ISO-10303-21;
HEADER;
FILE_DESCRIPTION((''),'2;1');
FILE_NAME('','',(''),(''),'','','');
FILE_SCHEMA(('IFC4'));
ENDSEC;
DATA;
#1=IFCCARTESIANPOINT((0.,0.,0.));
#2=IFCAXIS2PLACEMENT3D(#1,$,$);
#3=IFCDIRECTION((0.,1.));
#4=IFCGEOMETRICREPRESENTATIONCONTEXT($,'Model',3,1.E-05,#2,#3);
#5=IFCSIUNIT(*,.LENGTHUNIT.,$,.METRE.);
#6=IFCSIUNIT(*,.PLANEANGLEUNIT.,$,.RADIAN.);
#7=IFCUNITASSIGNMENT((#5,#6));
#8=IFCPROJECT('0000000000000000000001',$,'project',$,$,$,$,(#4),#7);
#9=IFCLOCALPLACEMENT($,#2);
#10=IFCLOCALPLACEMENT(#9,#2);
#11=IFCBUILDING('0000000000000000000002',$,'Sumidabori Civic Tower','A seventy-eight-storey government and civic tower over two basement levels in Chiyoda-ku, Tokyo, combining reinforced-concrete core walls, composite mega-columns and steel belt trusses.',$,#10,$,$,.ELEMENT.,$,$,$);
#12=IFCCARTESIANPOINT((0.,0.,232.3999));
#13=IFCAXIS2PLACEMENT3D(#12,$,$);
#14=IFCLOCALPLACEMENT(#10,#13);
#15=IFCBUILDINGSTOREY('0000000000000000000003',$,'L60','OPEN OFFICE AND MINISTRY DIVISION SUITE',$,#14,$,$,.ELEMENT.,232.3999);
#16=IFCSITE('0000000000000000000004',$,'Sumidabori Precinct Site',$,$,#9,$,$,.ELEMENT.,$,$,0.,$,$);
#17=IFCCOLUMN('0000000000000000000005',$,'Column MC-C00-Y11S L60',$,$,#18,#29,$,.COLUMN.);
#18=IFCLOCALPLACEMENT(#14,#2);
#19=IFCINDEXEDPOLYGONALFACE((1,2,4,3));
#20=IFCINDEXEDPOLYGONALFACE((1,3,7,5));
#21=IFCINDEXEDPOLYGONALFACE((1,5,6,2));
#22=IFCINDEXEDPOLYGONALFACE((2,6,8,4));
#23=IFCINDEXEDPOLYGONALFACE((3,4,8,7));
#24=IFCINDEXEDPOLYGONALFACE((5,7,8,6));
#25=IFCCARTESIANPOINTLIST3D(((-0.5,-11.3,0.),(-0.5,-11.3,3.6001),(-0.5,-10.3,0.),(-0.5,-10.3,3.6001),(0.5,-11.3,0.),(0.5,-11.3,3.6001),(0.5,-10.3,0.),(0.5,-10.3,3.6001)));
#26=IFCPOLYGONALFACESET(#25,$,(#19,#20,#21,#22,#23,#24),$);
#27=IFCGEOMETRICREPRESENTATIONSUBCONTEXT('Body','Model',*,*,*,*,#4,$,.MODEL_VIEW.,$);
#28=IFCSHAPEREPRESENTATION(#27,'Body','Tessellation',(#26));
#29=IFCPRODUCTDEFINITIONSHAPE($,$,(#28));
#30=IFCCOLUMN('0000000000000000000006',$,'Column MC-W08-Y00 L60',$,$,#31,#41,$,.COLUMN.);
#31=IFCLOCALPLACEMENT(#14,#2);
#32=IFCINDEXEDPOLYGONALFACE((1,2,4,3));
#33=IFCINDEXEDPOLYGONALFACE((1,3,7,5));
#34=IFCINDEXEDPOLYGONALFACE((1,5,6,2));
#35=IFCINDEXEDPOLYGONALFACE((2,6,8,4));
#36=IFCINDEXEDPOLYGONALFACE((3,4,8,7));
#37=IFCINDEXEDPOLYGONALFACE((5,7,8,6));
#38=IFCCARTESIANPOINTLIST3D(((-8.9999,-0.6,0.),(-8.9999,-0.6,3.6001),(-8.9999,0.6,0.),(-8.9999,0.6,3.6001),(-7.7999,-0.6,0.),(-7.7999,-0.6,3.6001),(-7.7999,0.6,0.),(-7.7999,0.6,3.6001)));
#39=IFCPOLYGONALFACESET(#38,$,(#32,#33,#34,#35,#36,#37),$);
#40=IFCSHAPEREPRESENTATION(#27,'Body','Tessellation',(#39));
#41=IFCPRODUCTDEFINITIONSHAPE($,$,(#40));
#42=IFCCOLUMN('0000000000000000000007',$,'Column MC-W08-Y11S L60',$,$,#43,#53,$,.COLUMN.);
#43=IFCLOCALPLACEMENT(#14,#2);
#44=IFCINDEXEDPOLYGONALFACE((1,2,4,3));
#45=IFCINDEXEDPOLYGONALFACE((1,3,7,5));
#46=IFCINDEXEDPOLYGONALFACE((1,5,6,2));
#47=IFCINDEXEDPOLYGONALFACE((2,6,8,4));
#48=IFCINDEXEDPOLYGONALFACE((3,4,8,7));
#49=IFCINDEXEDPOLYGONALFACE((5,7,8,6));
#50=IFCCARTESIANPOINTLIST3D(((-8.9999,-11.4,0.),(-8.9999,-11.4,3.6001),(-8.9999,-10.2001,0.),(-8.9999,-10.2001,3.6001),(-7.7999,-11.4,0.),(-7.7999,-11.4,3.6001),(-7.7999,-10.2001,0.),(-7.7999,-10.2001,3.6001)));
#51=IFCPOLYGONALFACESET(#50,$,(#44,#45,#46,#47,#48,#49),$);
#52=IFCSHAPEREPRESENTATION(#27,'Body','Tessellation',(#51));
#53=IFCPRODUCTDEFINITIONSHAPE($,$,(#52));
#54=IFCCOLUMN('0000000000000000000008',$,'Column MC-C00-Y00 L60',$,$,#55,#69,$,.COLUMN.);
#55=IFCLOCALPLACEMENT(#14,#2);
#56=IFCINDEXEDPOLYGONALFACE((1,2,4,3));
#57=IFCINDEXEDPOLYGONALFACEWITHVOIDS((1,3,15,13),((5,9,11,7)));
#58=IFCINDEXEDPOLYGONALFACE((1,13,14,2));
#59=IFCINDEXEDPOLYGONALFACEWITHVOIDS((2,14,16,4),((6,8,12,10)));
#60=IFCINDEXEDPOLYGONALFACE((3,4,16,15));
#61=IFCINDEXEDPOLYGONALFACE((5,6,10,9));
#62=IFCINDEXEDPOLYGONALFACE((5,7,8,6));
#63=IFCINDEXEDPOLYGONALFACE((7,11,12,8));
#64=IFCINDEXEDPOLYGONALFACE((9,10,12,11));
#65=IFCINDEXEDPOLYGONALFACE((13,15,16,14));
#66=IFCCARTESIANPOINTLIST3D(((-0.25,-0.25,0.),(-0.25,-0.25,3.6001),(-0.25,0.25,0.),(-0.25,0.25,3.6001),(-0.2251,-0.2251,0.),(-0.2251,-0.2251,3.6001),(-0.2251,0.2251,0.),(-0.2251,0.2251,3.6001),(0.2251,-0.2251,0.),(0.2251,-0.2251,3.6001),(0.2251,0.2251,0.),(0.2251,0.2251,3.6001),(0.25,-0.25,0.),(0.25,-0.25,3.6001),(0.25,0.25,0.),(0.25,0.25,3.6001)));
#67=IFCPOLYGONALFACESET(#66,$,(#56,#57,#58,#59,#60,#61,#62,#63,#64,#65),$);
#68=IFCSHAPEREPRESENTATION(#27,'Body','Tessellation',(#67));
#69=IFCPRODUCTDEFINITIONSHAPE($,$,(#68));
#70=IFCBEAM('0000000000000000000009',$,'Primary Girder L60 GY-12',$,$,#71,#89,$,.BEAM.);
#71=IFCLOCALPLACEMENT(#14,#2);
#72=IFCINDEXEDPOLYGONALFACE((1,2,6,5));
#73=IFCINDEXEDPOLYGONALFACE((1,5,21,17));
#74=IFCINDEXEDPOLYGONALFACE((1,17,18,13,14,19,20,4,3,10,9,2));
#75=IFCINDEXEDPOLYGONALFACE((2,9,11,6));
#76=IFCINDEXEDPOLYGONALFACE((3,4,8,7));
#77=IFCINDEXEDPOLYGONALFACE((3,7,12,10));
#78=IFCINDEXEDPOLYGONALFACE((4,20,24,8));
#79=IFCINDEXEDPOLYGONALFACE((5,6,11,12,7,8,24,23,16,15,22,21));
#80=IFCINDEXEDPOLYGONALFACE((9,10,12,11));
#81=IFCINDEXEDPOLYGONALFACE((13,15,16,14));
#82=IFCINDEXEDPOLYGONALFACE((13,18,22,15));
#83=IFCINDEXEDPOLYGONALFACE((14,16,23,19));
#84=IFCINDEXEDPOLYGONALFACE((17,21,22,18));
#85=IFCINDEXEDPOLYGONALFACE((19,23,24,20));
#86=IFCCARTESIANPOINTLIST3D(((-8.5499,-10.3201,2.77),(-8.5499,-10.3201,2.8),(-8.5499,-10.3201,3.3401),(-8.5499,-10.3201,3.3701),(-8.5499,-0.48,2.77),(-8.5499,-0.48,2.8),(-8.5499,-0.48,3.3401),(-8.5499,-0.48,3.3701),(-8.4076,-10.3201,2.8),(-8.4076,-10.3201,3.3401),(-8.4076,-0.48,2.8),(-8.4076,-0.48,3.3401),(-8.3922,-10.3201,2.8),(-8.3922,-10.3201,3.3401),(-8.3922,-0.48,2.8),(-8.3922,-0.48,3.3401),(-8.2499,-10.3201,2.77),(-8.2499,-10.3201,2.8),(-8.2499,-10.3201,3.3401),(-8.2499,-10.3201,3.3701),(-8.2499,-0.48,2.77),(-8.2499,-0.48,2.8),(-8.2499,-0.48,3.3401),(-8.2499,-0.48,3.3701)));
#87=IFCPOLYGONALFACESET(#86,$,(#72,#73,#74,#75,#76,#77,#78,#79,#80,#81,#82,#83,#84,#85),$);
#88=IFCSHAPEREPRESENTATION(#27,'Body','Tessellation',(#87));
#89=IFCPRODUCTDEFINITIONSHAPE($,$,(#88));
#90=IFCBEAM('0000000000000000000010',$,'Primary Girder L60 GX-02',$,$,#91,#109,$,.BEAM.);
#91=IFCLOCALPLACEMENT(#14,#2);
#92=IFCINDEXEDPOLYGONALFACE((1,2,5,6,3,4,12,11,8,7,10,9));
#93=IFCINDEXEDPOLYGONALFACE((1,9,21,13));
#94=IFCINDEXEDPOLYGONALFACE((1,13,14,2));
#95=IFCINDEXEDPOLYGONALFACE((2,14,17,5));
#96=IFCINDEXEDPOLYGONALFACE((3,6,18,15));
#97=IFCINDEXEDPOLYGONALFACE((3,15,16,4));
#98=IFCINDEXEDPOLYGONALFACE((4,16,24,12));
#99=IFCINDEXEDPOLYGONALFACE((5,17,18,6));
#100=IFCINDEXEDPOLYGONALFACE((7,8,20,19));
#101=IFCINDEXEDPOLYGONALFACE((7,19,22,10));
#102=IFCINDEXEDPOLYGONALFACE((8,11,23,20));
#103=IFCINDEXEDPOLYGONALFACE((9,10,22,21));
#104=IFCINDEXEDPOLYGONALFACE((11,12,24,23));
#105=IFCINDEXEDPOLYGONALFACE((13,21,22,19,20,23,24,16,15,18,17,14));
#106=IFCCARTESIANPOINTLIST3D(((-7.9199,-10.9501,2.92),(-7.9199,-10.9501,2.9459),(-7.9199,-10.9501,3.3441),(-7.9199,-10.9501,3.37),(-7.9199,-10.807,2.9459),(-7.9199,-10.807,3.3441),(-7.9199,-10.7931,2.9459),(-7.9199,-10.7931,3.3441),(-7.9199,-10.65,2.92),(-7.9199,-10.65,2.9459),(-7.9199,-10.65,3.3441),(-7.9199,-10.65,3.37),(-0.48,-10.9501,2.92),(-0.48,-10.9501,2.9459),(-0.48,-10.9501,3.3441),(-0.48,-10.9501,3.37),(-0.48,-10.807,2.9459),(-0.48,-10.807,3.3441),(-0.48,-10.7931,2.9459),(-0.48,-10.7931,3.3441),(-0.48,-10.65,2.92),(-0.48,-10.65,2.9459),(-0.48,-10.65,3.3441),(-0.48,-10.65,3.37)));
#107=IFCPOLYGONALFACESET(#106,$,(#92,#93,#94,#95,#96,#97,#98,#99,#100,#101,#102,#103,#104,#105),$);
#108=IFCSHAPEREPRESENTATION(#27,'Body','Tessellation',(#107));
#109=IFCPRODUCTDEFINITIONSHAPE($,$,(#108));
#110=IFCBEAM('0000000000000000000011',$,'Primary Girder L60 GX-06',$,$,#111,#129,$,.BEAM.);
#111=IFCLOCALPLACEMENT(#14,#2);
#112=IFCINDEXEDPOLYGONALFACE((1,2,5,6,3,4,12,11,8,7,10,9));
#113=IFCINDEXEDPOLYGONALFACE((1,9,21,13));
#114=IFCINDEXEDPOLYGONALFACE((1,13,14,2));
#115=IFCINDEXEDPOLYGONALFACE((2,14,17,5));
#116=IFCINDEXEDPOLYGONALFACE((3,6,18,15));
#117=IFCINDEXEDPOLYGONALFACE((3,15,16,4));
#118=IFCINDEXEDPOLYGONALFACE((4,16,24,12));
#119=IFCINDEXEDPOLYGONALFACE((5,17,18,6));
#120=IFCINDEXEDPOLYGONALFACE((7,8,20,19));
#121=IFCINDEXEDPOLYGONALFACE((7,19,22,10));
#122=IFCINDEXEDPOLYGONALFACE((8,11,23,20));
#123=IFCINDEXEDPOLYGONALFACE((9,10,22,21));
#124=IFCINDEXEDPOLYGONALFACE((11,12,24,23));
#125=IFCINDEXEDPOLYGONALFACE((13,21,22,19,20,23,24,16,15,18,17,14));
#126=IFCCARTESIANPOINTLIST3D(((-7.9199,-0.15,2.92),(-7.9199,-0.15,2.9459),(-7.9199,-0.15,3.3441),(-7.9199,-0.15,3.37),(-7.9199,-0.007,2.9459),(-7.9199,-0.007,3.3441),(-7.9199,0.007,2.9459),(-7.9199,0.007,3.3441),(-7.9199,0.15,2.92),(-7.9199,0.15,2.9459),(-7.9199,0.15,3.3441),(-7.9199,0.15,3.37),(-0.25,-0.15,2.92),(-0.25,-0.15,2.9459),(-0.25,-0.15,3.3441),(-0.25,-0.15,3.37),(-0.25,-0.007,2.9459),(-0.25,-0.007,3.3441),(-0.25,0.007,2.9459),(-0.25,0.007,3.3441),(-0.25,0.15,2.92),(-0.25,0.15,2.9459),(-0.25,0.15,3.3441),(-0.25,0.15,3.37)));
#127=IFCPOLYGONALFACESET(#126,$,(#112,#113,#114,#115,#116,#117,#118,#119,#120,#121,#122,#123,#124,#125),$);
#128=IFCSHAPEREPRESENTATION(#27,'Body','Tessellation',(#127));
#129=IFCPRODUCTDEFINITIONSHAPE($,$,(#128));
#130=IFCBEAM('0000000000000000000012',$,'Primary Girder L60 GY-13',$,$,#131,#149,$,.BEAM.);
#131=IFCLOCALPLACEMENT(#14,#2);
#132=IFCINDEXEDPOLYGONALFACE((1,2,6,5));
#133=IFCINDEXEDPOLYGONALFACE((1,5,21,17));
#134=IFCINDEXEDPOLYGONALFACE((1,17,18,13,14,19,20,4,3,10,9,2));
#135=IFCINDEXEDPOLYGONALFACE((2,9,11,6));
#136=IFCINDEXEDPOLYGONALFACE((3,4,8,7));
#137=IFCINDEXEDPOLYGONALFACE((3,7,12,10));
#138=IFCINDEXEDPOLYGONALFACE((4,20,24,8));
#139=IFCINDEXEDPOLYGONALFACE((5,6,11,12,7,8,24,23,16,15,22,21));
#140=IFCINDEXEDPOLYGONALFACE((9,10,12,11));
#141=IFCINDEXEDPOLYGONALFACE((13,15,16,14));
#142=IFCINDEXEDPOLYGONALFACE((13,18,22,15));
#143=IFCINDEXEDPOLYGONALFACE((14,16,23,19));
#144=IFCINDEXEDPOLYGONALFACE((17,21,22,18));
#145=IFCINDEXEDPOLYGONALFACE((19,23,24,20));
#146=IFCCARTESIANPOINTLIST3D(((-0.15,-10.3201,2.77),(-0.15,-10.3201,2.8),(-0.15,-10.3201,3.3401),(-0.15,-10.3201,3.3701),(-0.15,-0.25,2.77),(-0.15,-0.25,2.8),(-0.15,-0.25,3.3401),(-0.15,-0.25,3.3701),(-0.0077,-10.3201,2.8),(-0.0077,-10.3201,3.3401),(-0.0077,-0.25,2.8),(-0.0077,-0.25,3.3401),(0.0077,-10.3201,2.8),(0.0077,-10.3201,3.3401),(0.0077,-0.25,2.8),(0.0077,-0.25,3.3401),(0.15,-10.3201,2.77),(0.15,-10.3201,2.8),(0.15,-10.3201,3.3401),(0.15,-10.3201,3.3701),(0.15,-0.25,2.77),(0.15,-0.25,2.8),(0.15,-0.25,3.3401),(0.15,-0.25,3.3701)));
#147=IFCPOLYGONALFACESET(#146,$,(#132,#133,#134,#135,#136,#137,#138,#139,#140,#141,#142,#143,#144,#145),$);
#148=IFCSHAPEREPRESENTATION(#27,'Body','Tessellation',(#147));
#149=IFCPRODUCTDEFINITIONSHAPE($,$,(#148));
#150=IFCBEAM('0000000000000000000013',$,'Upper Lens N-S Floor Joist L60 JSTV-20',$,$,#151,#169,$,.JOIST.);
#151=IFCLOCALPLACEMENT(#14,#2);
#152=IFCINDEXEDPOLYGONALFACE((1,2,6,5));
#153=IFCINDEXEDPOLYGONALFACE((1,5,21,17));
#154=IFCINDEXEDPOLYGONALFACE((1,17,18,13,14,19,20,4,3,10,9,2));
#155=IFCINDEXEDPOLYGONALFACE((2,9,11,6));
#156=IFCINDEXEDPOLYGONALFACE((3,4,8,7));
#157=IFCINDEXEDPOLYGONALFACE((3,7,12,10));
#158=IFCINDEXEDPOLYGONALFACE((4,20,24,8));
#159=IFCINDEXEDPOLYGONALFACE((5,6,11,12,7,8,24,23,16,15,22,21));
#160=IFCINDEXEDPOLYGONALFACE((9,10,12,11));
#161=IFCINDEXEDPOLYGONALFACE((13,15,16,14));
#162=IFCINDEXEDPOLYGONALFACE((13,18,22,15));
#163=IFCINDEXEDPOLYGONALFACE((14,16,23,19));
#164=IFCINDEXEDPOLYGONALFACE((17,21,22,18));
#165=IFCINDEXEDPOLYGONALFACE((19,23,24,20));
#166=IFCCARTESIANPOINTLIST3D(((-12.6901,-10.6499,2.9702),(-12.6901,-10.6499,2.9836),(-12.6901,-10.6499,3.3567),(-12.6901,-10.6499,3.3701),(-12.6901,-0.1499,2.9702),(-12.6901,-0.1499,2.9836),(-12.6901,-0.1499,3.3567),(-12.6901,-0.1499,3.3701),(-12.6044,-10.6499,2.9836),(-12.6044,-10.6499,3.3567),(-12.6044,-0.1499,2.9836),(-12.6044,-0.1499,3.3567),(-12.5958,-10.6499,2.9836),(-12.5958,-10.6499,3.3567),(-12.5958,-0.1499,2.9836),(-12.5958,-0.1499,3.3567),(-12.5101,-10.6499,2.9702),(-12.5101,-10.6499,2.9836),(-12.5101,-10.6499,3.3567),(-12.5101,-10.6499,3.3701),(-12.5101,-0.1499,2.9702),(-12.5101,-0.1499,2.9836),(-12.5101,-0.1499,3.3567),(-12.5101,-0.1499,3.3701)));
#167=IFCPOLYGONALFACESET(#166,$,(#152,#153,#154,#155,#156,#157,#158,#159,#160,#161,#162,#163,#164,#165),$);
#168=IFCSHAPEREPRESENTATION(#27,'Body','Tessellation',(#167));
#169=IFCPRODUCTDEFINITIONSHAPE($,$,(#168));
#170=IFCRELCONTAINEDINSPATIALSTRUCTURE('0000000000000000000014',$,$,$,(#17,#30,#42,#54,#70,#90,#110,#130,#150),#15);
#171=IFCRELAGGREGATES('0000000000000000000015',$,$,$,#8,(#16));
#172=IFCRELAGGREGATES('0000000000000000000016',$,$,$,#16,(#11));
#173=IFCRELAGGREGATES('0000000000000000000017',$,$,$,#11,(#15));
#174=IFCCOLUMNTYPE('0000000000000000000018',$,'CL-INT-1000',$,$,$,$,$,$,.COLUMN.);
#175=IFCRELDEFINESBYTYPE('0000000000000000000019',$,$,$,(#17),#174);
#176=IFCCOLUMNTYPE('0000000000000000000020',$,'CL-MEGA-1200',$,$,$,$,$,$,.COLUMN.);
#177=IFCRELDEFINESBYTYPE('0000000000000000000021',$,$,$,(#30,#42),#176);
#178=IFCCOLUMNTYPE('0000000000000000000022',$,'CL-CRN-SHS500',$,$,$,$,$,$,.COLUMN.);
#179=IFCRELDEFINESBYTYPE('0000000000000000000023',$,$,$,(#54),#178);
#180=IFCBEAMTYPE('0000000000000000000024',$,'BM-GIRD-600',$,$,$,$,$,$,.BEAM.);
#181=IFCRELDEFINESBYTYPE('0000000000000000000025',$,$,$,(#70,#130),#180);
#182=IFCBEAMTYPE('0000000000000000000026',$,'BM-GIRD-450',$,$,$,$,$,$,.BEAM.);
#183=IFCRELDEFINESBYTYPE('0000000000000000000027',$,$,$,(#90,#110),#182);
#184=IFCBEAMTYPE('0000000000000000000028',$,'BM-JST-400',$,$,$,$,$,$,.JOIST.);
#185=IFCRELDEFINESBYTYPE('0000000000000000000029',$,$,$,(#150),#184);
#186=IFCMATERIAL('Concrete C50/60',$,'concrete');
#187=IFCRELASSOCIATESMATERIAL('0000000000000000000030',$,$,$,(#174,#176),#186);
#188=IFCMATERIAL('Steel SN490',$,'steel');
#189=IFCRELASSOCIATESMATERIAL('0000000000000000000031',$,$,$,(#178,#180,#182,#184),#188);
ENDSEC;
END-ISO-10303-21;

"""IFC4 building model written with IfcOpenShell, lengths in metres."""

from ifc_helpers import new_model, si_unit, direction, frame, origin, origin_with_axes, origin_2d, place, context, subcontext, project, spatial, rectangle, hollow_rectangle, i_section, extrude, source, transform, mapped, material, material_profile, profile_set, type_object, element, save


model = new_model("IFC4")

# Units and contexts
model_context = context("Model", 3, precision=1e-05, world=origin(), true_north=direction((0.0, 1.0)))
body_context = subcontext(model_context, "Body", "Model", "MODEL_VIEW")
ifc_project = project(units=[si_unit("LENGTHUNIT", "METRE"), si_unit("PLANEANGLEUNIT", "RADIAN")], contexts=[model_context])

# Site, building, storey
site_placement = place(None, origin())
site = spatial("IfcSite", under=ifc_project, at=site_placement, Name="Sumidabori Precinct Site", CompositionType="ELEMENT", RefElevation=0.0)
building_placement = place(site_placement, origin())
building = spatial("IfcBuilding", under=site, at=building_placement, Name="Sumidabori Civic Tower", Description="A seventy-eight-storey government and civic tower over two basement levels in Chiyoda-ku, Tokyo, combining reinforced-concrete core walls, composite mega-columns and steel belt trusses.", CompositionType="ELEMENT")
storey_placement = place(building_placement, frame((0.0, 0.0, 232.3999)))
storey = spatial("IfcBuildingStorey", under=building, at=storey_placement, Name="L60", Description="OPEN OFFICE AND MINISTRY DIVISION SUITE", CompositionType="ELEMENT", Elevation=232.3999)

# Columns
ifc_material_1 = material(Name="Concrete C50/60", Category="concrete")
ifc_material_profile_1 = material_profile(ifc_material_1, rectangle(XDim=1.0, YDim=1.0, at=origin_2d()), Name="RC 1000x1000")
ifc_profile_set_1 = profile_set([ifc_material_profile_1], Name="Concrete C50/60")
column_type_1 = type_object("IfcColumnType", Name="CL-INT-1000", PredefinedType="COLUMN", material=ifc_profile_set_1)
shared_shape_1 = source(origin(), body_context, "Body", "SweptSolid", [
    extrude(rectangle(XDim=1.0, YDim=1.0, at=origin_2d()), origin(), (0.0, 0.0, 1.0), 3.6001),
])
column_1_placement = place(storey_placement, frame((0.0, -10.8, 0.0), z_axis=(0.0, 0.0, 1.0), x_axis=(1.0, 0.0, 0.0)))
element("IfcColumn", 1, at=column_1_placement, inside=storey, type_object=column_type_1, Name="Column MC-C00-Y11S L60", PredefinedType="COLUMN", context=body_context, shape_type="MappedRepresentation", body=[
    mapped(shared_shape_1, transform((0.0, 0.0, 0.0), x_axis=(1.0, 0.0, 0.0), y_axis=(0.0, 1.0, 0.0), z_axis=(0.0, 0.0, 1.0), scale=1.0)),
])
ifc_material_profile_2 = material_profile(ifc_material_1, rectangle(XDim=1.2, YDim=1.2, at=origin_2d()), Name="RC 1200x1200")
ifc_profile_set_2 = profile_set([ifc_material_profile_2], Name="Concrete C50/60")
column_type_2 = type_object("IfcColumnType", Name="CL-MEGA-1200", PredefinedType="COLUMN", material=ifc_profile_set_2)
shared_shape_2 = source(origin(), body_context, "Body", "SweptSolid", [
    extrude(rectangle(XDim=1.2, YDim=1.2, at=origin_2d()), origin(), (0.0, 0.0, 1.0), 3.6001),
])
for number, where, z_axis, x_axis, name in (
    (2, (-8.3999, 0.0, 0.0), (0.0, 0.0, 1.0), (1.0, 0.0, 0.0), "Column MC-W08-Y00 L60"),
    (3, (-8.3999, -10.8, 0.0), (0.0, 0.0, 1.0), (1.0, 0.0, 0.0), "Column MC-W08-Y11S L60"),
):
    element("IfcColumn", number, at=place(storey_placement, frame(where, z_axis=z_axis, x_axis=x_axis)), inside=storey, type_object=column_type_2, Name=name, PredefinedType="COLUMN", context=body_context, shape_type="MappedRepresentation", body=[
        mapped(shared_shape_2, transform((0.0, 0.0, 0.0), x_axis=(1.0, 0.0, 0.0), y_axis=(0.0, 1.0, 0.0), z_axis=(0.0, 0.0, 1.0), scale=1.0)),
    ])
ifc_material_2 = material(Name="Steel SN490", Category="steel")
ifc_material_profile_3 = material_profile(ifc_material_2, hollow_rectangle(XDim=0.5, YDim=0.5, WallThickness=0.0249, at=origin_2d()), Name="SHS 500x500x25")
ifc_profile_set_3 = profile_set([ifc_material_profile_3], Name="Steel SN490")
column_type_3 = type_object("IfcColumnType", Name="CL-CRN-SHS500", PredefinedType="COLUMN", material=ifc_profile_set_3)
shared_shape_3 = source(origin(), body_context, "Body", "SweptSolid", [
    extrude(hollow_rectangle(XDim=0.5, YDim=0.5, WallThickness=0.0249, at=origin_2d()), origin(), (0.0, 0.0, 1.0), 3.6001),
])
column_2_placement = place(storey_placement, origin_with_axes())
element("IfcColumn", 4, at=column_2_placement, inside=storey, type_object=column_type_3, Name="Column MC-C00-Y00 L60", PredefinedType="COLUMN", context=body_context, shape_type="MappedRepresentation", body=[
    mapped(shared_shape_3, transform((0.0, 0.0, 0.0), x_axis=(1.0, 0.0, 0.0), y_axis=(0.0, 1.0, 0.0), z_axis=(0.0, 0.0, 1.0), scale=1.0)),
])

# Beams
ifc_material_profile_4 = material_profile(ifc_material_2, i_section(OverallWidth=0.3, OverallDepth=0.6001, WebThickness=0.0154, FlangeThickness=0.03, at=origin_2d()), Name="HE 600 B")
ifc_profile_set_4 = profile_set([ifc_material_profile_4], Name="Steel SN490")
beam_type_1 = type_object("IfcBeamType", Name="BM-GIRD-600", PredefinedType="BEAM", material=ifc_profile_set_4)
shared_shape_4 = source(origin(), body_context, "Body", "SweptSolid", [
    extrude(i_section(OverallWidth=0.3, OverallDepth=0.6001, WebThickness=0.0154, FlangeThickness=0.03, at=origin_2d()), origin(), (0.0, 0.0, 1.0), 9.8401),
])
beam_1_placement = place(storey_placement, frame((-8.3999, -10.3201, 3.0701), z_axis=(0.0, 1.0, 0.0), x_axis=(-1.0, 0.0, 0.0)))
element("IfcBeam", 5, at=beam_1_placement, inside=storey, type_object=beam_type_1, Name="Primary Girder L60 GY-12", PredefinedType="BEAM", context=body_context, shape_type="MappedRepresentation", body=[
    mapped(shared_shape_4, transform((0.0, 0.0, 0.0), x_axis=(1.0, 0.0, 0.0), y_axis=(0.0, 1.0, 0.0), z_axis=(0.0, 0.0, 1.0), scale=1.0)),
])
ifc_material_profile_5 = material_profile(ifc_material_2, i_section(OverallWidth=0.3, OverallDepth=0.45, WebThickness=0.0139, FlangeThickness=0.0259, at=origin_2d()), Name="HE 450 B")
ifc_profile_set_5 = profile_set([ifc_material_profile_5], Name="Steel SN490")
beam_type_2 = type_object("IfcBeamType", Name="BM-GIRD-450", PredefinedType="BEAM", material=ifc_profile_set_5)
shared_shape_5 = source(origin(), body_context, "Body", "SweptSolid", [
    extrude(i_section(OverallWidth=0.3, OverallDepth=0.45, WebThickness=0.0139, FlangeThickness=0.0259, at=origin_2d()), origin(), (0.0, 0.0, 1.0), 7.4399),
])
beam_2_placement = place(storey_placement, frame((-7.9199, -10.8, 3.145), z_axis=(1.0, 0.0, 0.0), x_axis=(0.0, 1.0, 0.0)))
element("IfcBeam", 6, at=beam_2_placement, inside=storey, type_object=beam_type_2, Name="Primary Girder L60 GX-02", PredefinedType="BEAM", context=body_context, shape_type="MappedRepresentation", body=[
    mapped(shared_shape_5, transform((0.0, 0.0, 0.0), x_axis=(1.0, 0.0, 0.0), y_axis=(0.0, 1.0, 0.0), z_axis=(0.0, 0.0, 1.0), scale=1.0)),
])
shared_shape_6 = source(origin(), body_context, "Body", "SweptSolid", [
    extrude(i_section(OverallWidth=0.3, OverallDepth=0.45, WebThickness=0.0139, FlangeThickness=0.0259, at=origin_2d()), origin(), (0.0, 0.0, 1.0), 7.6699),
])
beam_3_placement = place(storey_placement, frame((-7.9199, 0.0, 3.145), z_axis=(1.0, 0.0, 0.0), x_axis=(0.0, 1.0, 0.0)))
element("IfcBeam", 7, at=beam_3_placement, inside=storey, type_object=beam_type_2, Name="Primary Girder L60 GX-06", PredefinedType="BEAM", context=body_context, shape_type="MappedRepresentation", body=[
    mapped(shared_shape_6, transform((0.0, 0.0, 0.0), x_axis=(1.0, 0.0, 0.0), y_axis=(0.0, 1.0, 0.0), z_axis=(0.0, 0.0, 1.0), scale=1.0)),
])
shared_shape_7 = source(origin(), body_context, "Body", "SweptSolid", [
    extrude(i_section(OverallWidth=0.3, OverallDepth=0.6001, WebThickness=0.0154, FlangeThickness=0.03, at=origin_2d()), origin(), (0.0, 0.0, 1.0), 10.0701),
])
beam_4_placement = place(storey_placement, frame((0.0, -10.3201, 3.0701), z_axis=(0.0, 1.0, 0.0), x_axis=(-1.0, 0.0, 0.0)))
element("IfcBeam", 8, at=beam_4_placement, inside=storey, type_object=beam_type_1, Name="Primary Girder L60 GY-13", PredefinedType="BEAM", context=body_context, shape_type="MappedRepresentation", body=[
    mapped(shared_shape_7, transform((0.0, 0.0, 0.0), x_axis=(1.0, 0.0, 0.0), y_axis=(0.0, 1.0, 0.0), z_axis=(0.0, 0.0, 1.0), scale=1.0)),
])
ifc_material_profile_6 = material_profile(ifc_material_2, i_section(OverallWidth=0.1799, OverallDepth=0.3999, WebThickness=0.0085, FlangeThickness=0.0134, at=origin_2d()), Name="IPE 400")
ifc_profile_set_6 = profile_set([ifc_material_profile_6], Name="Steel SN490")
beam_type_3 = type_object("IfcBeamType", Name="BM-JST-400", PredefinedType="JOIST", material=ifc_profile_set_6)
shared_shape_8 = source(origin(), body_context, "Body", "SweptSolid", [
    extrude(i_section(OverallWidth=0.1799, OverallDepth=0.3999, WebThickness=0.0085, FlangeThickness=0.0134, at=origin_2d()), origin(), (0.0, 0.0, 1.0), 10.5),
])
for number, where, z_axis, x_axis, name in (
    (9, (-12.6001, -10.6499, 3.1702), (0.0, 1.0, 0.0), (-1.0, 0.0, 0.0), "Upper Lens N-S Floor Joist L60 JSTV-20"),
):
    element("IfcBeam", number, at=place(storey_placement, frame(where, z_axis=z_axis, x_axis=x_axis)), inside=storey, type_object=beam_type_3, Name=name, PredefinedType="JOIST", context=body_context, shape_type="MappedRepresentation", body=[
        mapped(shared_shape_8, transform((0.0, 0.0, 0.0), x_axis=(1.0, 0.0, 0.0), y_axis=(0.0, 1.0, 0.0), z_axis=(0.0, 0.0, 1.0), scale=1.0)),
    ])

save(model, "model.ifc")
